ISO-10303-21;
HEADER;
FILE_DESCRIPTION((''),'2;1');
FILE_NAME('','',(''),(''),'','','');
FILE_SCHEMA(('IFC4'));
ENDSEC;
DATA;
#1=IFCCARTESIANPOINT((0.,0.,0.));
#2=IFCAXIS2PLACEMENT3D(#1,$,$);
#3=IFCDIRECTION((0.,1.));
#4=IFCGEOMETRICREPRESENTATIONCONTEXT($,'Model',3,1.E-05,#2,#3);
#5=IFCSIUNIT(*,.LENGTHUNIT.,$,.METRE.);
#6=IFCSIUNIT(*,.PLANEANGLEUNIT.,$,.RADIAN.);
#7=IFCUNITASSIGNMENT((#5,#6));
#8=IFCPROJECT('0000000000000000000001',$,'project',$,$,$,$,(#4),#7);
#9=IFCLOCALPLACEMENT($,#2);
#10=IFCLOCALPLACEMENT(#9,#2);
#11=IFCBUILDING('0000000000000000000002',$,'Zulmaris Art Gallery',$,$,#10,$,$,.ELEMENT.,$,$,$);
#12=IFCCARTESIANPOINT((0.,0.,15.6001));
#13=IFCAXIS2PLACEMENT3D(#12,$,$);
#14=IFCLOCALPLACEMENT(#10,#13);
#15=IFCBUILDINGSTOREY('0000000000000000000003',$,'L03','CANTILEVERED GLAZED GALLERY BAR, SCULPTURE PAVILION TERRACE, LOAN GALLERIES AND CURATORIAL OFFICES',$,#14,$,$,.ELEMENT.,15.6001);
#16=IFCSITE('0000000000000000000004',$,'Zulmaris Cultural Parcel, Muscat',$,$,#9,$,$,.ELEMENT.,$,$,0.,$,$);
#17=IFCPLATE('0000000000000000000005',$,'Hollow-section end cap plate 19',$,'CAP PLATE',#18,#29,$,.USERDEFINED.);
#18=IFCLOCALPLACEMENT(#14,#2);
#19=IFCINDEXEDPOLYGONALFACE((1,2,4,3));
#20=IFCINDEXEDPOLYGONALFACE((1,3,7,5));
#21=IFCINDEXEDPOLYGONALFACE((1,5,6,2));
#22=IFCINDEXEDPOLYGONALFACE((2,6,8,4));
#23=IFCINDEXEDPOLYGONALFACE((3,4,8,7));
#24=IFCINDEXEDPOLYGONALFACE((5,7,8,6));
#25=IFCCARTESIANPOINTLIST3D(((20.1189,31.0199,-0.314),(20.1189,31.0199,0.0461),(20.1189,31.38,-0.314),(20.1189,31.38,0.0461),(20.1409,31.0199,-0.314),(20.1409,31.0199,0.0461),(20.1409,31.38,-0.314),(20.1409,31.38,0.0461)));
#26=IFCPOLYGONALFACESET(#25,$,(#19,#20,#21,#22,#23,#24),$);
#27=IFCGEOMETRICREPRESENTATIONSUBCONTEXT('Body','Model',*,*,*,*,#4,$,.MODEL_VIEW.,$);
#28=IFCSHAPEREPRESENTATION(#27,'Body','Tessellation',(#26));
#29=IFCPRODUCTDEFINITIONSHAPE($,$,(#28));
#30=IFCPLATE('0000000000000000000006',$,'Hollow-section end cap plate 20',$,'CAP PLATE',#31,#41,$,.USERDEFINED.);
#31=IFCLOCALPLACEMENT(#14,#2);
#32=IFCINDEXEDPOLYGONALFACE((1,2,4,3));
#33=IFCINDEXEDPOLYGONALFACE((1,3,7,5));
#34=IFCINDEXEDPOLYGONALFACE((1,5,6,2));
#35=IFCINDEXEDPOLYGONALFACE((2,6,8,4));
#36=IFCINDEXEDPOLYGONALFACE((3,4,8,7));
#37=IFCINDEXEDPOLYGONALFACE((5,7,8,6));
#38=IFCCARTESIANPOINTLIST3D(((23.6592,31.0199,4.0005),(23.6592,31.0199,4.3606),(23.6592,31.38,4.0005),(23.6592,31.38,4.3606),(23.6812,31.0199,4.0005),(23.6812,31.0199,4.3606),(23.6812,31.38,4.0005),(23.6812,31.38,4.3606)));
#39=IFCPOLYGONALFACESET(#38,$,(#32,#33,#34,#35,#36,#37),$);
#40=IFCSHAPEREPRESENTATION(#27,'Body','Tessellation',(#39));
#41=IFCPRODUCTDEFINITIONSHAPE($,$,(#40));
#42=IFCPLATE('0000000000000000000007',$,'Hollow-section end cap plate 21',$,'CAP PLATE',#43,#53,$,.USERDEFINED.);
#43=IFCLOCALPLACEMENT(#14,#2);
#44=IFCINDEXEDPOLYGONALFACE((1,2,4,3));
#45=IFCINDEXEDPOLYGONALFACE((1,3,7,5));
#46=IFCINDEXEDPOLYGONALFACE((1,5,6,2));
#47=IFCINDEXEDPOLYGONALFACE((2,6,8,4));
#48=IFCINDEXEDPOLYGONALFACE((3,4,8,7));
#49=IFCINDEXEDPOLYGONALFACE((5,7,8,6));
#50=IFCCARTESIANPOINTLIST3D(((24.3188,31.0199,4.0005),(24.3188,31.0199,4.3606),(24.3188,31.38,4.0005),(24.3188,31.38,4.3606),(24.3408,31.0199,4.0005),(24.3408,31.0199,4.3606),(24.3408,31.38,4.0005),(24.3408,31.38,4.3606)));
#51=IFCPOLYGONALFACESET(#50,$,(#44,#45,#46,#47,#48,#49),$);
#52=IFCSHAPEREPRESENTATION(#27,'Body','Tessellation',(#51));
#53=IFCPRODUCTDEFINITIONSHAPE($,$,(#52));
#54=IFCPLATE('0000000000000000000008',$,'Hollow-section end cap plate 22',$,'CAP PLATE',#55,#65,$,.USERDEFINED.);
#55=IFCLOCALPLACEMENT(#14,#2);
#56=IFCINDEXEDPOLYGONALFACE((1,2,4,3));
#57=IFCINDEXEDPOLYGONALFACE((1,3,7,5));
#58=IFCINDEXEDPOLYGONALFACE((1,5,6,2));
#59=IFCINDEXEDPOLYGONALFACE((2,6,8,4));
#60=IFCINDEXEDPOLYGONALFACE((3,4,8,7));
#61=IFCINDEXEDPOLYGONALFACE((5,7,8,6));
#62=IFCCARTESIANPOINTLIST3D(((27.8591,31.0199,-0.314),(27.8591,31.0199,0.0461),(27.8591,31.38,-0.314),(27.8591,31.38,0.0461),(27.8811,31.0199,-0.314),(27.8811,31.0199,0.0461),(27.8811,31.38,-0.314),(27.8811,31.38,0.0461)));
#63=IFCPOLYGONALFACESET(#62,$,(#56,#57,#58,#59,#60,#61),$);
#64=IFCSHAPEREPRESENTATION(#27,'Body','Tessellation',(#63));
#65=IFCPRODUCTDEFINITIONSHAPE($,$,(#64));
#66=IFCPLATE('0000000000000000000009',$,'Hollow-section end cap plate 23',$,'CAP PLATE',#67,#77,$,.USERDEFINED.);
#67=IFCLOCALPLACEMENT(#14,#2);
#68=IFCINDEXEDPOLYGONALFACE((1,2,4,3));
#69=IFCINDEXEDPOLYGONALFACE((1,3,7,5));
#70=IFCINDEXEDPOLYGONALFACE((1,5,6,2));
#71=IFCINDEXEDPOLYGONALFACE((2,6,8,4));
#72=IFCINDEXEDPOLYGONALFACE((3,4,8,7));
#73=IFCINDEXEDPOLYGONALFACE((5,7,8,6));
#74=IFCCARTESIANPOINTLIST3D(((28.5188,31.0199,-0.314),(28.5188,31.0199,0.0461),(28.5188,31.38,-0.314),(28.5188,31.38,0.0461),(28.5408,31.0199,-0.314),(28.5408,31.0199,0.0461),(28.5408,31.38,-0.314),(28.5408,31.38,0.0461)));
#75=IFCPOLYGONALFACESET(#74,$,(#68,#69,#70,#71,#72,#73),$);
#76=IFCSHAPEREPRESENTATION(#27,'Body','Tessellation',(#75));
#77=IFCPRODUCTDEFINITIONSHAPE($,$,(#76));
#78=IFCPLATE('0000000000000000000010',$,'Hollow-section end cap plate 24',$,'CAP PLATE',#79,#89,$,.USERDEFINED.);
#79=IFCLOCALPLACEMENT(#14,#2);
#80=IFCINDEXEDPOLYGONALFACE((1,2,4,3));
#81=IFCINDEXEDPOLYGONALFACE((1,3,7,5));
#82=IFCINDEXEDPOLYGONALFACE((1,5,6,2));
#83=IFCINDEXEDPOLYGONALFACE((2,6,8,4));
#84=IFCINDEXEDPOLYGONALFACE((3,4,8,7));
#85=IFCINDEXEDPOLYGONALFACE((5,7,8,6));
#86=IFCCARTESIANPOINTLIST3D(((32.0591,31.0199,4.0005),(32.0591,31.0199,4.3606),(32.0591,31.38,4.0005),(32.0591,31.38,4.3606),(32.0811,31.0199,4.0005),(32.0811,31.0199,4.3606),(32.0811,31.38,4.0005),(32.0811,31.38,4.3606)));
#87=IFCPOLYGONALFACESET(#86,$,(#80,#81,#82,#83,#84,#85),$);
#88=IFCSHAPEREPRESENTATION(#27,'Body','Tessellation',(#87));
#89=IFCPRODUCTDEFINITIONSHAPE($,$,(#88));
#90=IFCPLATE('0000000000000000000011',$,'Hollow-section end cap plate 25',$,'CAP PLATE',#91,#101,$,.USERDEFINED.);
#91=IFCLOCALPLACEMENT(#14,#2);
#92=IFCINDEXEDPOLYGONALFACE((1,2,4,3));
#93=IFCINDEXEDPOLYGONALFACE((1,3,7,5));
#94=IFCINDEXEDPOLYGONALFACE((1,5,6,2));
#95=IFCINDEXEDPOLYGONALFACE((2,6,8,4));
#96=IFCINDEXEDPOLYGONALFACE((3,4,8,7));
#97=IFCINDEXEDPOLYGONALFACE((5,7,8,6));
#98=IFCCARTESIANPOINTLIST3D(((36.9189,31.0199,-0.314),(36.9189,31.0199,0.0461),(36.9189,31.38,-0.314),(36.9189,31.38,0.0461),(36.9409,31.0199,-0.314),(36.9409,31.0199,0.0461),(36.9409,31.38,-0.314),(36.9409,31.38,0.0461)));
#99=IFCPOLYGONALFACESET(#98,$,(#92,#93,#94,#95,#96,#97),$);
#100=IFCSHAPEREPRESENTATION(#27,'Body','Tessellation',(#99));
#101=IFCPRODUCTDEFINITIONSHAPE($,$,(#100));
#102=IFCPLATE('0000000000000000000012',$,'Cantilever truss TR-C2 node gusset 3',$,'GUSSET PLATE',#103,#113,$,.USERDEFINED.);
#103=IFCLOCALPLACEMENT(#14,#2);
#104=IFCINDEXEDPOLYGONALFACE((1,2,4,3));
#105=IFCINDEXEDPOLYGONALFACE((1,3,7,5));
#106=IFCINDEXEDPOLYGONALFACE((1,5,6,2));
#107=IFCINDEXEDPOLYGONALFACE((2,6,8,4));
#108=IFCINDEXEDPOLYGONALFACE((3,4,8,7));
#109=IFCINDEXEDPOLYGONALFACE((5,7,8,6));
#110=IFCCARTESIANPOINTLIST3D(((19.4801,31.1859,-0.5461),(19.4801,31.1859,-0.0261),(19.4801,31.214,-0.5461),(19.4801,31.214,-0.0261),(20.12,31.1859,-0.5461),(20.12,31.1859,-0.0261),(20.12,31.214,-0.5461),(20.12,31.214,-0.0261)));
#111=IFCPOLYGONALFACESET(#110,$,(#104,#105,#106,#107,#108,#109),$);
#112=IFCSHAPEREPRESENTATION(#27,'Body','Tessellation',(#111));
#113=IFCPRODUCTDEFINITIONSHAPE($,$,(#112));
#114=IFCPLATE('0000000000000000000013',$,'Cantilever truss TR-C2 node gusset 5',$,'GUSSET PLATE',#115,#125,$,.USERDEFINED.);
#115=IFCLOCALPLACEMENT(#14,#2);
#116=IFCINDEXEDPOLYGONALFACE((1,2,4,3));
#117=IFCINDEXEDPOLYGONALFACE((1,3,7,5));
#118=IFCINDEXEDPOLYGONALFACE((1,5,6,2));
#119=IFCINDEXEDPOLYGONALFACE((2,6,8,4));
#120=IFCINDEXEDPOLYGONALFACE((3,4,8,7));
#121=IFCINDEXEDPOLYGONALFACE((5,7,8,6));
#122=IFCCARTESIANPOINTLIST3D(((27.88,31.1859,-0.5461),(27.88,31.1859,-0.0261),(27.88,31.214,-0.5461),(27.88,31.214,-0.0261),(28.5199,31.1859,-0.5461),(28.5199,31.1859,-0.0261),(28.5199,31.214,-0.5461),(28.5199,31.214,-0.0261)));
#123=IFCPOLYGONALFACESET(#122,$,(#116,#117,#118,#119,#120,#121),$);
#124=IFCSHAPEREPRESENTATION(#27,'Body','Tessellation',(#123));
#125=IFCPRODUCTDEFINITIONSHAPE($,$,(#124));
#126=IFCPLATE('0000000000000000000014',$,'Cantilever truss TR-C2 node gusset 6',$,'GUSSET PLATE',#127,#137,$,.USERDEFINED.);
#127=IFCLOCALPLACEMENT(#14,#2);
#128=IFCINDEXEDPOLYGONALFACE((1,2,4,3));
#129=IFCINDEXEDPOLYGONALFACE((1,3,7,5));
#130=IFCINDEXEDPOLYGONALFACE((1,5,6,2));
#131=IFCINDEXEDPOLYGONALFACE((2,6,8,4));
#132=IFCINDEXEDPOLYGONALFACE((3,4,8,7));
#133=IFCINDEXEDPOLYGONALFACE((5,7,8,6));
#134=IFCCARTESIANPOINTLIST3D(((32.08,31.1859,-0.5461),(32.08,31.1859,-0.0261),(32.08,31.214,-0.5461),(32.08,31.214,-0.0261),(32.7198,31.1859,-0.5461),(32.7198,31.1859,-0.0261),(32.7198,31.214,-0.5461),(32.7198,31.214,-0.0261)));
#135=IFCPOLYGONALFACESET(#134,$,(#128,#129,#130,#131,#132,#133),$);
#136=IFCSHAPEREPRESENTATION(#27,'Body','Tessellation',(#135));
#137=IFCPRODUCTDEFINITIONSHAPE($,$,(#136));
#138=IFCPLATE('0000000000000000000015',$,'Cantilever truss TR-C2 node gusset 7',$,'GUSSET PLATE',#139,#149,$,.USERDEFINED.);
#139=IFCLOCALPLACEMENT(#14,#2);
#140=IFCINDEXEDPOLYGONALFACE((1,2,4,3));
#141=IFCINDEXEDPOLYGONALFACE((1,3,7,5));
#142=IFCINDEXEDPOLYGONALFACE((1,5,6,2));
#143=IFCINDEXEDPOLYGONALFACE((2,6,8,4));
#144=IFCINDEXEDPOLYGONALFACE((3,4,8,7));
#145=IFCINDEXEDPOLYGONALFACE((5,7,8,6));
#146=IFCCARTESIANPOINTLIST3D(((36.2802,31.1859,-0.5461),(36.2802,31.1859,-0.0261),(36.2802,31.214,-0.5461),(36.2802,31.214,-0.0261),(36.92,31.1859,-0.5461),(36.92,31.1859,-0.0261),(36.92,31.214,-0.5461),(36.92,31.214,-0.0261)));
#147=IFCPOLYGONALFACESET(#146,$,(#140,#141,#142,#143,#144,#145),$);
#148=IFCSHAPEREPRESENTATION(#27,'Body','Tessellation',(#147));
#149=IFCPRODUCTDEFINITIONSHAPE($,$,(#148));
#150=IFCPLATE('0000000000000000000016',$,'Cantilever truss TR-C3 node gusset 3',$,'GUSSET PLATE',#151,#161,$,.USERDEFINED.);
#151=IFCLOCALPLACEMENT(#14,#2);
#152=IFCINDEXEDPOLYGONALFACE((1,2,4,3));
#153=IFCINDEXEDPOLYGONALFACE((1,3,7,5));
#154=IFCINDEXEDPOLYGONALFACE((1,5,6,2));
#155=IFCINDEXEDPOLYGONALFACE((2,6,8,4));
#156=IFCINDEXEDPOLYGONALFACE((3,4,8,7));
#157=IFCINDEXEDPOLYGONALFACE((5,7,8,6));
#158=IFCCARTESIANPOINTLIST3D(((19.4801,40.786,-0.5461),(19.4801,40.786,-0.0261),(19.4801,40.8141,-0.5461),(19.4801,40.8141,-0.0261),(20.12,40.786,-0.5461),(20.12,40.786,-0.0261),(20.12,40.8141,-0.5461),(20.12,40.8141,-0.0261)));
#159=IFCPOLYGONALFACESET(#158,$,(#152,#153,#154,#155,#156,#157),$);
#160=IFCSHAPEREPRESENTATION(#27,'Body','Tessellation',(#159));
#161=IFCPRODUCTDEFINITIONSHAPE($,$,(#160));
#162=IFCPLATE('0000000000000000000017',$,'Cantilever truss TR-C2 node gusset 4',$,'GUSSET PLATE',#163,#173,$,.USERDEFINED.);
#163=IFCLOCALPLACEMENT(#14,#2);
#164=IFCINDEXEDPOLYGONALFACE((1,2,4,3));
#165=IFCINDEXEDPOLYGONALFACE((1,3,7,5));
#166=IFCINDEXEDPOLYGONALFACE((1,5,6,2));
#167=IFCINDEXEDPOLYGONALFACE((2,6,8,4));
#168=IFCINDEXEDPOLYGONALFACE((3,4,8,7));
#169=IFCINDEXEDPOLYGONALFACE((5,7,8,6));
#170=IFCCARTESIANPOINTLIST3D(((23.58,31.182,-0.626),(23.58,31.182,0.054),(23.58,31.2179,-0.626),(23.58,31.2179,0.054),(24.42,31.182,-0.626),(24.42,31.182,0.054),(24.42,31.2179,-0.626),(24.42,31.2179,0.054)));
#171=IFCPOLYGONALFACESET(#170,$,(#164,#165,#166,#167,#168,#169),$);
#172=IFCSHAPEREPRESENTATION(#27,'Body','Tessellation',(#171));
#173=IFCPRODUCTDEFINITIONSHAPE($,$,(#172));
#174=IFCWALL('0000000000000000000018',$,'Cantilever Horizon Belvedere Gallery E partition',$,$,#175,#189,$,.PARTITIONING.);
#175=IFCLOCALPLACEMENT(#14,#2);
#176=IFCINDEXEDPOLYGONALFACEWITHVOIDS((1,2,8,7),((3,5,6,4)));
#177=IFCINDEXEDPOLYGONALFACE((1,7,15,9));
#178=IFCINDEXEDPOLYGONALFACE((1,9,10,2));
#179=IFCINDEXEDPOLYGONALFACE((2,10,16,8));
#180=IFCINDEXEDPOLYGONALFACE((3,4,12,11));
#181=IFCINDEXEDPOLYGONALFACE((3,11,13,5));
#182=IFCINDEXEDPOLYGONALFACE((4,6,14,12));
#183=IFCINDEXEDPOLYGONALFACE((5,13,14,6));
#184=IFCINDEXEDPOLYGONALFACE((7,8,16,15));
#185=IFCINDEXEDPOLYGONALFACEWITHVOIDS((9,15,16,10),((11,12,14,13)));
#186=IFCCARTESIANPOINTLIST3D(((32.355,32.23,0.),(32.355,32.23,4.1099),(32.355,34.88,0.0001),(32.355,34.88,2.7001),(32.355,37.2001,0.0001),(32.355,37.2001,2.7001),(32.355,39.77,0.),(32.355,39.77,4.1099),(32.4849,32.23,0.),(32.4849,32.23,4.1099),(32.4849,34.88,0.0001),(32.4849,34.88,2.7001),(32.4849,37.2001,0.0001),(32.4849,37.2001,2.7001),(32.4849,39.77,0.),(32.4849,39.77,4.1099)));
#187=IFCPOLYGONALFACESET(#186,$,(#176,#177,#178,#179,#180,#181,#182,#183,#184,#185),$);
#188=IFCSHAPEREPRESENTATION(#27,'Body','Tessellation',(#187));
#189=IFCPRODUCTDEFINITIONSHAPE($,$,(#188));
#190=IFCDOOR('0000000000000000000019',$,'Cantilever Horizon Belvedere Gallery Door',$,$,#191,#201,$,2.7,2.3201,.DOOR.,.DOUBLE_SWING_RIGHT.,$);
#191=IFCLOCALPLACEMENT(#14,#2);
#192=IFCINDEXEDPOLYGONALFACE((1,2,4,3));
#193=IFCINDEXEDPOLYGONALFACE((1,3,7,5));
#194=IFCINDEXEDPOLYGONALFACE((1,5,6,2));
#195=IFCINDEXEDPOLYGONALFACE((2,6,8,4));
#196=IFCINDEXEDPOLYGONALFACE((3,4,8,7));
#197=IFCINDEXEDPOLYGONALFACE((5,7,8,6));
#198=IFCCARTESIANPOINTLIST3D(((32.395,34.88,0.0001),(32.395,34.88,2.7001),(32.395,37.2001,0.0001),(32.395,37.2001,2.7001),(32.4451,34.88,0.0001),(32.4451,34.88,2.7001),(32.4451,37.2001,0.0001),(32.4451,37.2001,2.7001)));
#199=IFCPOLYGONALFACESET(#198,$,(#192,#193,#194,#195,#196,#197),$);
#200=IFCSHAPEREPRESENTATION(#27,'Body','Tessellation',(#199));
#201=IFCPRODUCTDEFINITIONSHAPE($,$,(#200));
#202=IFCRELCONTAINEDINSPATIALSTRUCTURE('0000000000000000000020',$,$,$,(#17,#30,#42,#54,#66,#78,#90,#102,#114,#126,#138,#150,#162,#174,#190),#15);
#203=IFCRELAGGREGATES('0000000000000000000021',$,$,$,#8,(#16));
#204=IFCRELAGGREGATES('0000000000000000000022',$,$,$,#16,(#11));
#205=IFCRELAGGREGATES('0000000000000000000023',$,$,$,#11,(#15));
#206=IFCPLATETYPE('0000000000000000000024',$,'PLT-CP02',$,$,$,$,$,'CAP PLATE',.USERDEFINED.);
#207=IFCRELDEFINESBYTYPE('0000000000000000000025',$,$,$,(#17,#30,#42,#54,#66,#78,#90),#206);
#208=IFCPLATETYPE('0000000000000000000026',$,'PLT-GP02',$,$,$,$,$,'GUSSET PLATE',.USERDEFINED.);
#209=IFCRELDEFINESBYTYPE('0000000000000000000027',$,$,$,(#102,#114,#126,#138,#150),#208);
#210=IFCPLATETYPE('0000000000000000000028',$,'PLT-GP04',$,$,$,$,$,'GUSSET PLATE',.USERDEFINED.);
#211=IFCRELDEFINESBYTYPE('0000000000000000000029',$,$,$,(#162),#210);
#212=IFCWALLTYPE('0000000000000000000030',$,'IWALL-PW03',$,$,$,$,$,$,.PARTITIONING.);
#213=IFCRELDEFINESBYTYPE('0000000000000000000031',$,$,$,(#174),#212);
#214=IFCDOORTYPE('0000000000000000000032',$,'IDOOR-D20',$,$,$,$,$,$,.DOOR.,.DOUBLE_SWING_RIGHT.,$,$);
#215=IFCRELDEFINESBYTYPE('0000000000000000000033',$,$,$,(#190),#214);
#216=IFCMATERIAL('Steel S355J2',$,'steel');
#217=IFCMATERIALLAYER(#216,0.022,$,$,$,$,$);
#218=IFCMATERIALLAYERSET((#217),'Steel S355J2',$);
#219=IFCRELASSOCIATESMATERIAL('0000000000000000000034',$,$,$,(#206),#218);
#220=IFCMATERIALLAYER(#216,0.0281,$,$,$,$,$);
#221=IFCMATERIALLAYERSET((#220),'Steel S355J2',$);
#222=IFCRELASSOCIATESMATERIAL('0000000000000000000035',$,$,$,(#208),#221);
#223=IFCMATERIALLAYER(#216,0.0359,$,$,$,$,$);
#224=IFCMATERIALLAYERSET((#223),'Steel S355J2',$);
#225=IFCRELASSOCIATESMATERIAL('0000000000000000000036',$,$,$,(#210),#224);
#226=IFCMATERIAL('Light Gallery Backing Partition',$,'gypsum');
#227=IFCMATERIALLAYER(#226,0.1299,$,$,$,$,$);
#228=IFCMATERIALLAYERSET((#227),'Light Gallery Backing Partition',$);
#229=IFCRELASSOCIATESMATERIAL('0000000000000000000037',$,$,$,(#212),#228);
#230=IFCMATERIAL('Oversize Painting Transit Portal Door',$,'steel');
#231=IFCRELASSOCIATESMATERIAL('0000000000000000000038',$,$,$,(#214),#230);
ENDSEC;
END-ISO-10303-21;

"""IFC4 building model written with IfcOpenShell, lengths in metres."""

from ifc_helpers import new_model, si_unit, direction, frame, frame_2d, origin, origin_2d, place, context, subcontext, project, spatial, rectangle, extrude, material, layer, layer_set, type_object, element, fill, save


model = new_model("IFC4")

# Units and contexts
model_context = context("Model", 3, precision=1e-05, world=origin(), true_north=direction((0.0, 1.0)))
body_context = subcontext(model_context, "Body", "Model", "MODEL_VIEW")
ifc_project = project(units=[si_unit("LENGTHUNIT", "METRE"), si_unit("PLANEANGLEUNIT", "RADIAN")], contexts=[model_context])

# Site, building, storey
site_placement = place(None, origin())
site = spatial("IfcSite", under=ifc_project, at=site_placement, Name="Zulmaris Cultural Parcel, Muscat", CompositionType="ELEMENT", RefElevation=0.0)
building_placement = place(site_placement, origin())
building = spatial("IfcBuilding", under=site, at=building_placement, Name="Zulmaris Art Gallery", CompositionType="ELEMENT")
storey_placement = place(building_placement, frame((0.0, 0.0, 15.6001)))
storey = spatial("IfcBuildingStorey", under=building, at=storey_placement, Name="L03", Description="CANTILEVERED GLAZED GALLERY BAR, SCULPTURE PAVILION TERRACE, LOAN GALLERIES AND CURATORIAL OFFICES", CompositionType="ELEMENT", Elevation=15.6001)

# Shared definitions
ifc_material_1 = material(Name="Steel S355J2", Category="steel")

# Plates
ifc_layer_1 = layer(ifc_material_1, 0.022)
ifc_layer_set_1 = layer_set([ifc_layer_1], Name="Steel S355J2")
plate_type_1 = type_object("IfcPlateType", Name="PLT-CP02", ElementType="CAP PLATE", PredefinedType="USERDEFINED", material=ifc_layer_set_1)
for number, where, z_axis, x_axis, name in (
    (1, (20.1299, 31.2, -0.314), (0.0, 0.0, 1.0), (1.0, 0.0, 0.0), "Hollow-section end cap plate 19"),
    (2, (23.6702, 31.2, 4.0005), (0.0, 0.0, 1.0), (1.0, 0.0, 0.0), "Hollow-section end cap plate 20"),
    (3, (24.3298, 31.2, 4.0005), (0.0, 0.0, 1.0), (1.0, 0.0, 0.0), "Hollow-section end cap plate 21"),
    (4, (27.8701, 31.2, -0.314), (0.0, 0.0, 1.0), (1.0, 0.0, 0.0), "Hollow-section end cap plate 22"),
    (5, (28.5298, 31.2, -0.314), (0.0, 0.0, 1.0), (1.0, 0.0, 0.0), "Hollow-section end cap plate 23"),
    (6, (32.0701, 31.2, 4.0005), (0.0, 0.0, 1.0), (1.0, 0.0, 0.0), "Hollow-section end cap plate 24"),
    (7, (36.9299, 31.2, -0.314), (0.0, 0.0, 1.0), (1.0, 0.0, 0.0), "Hollow-section end cap plate 25"),
):
    element("IfcPlate", number, at=place(storey_placement, frame(where, z_axis=z_axis, x_axis=x_axis)), inside=storey, type_object=plate_type_1, Name=name, ObjectType="CAP PLATE", PredefinedType="USERDEFINED", context=body_context, shape_type="SweptSolid", body=[
        extrude(rectangle(XDim=0.022, YDim=0.3601, at=origin_2d()), origin(), (0.0, 0.0, 1.0), 0.3601),
    ])
ifc_layer_2 = layer(ifc_material_1, 0.0281)
ifc_layer_set_2 = layer_set([ifc_layer_2], Name="Steel S355J2")
plate_type_2 = type_object("IfcPlateType", Name="PLT-GP02", ElementType="GUSSET PLATE", PredefinedType="USERDEFINED", material=ifc_layer_set_2)
for number, where, z_axis, x_axis, name in (
    (8, (19.8, 31.2, -0.5461), (0.0, 0.0, 1.0), (1.0, 0.0, 0.0), "Cantilever truss TR-C2 node gusset 3"),
    (9, (28.2, 31.2, -0.5461), (0.0, 0.0, 1.0), (1.0, 0.0, 0.0), "Cantilever truss TR-C2 node gusset 5"),
    (10, (32.3999, 31.2, -0.5461), (0.0, 0.0, 1.0), (1.0, 0.0, 0.0), "Cantilever truss TR-C2 node gusset 6"),
    (11, (36.6001, 31.2, -0.5461), (0.0, 0.0, 1.0), (1.0, 0.0, 0.0), "Cantilever truss TR-C2 node gusset 7"),
    (12, (19.8, 40.8, -0.5461), (0.0, 0.0, 1.0), (1.0, 0.0, 0.0), "Cantilever truss TR-C3 node gusset 3"),
):
    element("IfcPlate", number, at=place(storey_placement, frame(where, z_axis=z_axis, x_axis=x_axis)), inside=storey, type_object=plate_type_2, Name=name, ObjectType="GUSSET PLATE", PredefinedType="USERDEFINED", context=body_context, shape_type="SweptSolid", body=[
        extrude(rectangle(XDim=0.6399, YDim=0.0281, at=origin_2d()), origin(), (0.0, 0.0, 1.0), 0.52),
    ])
ifc_layer_3 = layer(ifc_material_1, 0.0359)
ifc_layer_set_3 = layer_set([ifc_layer_3], Name="Steel S355J2")
plate_type_3 = type_object("IfcPlateType", Name="PLT-GP04", ElementType="GUSSET PLATE", PredefinedType="USERDEFINED", material=ifc_layer_set_3)
plate_placement = place(storey_placement, frame((24.0, 31.2, -0.626), z_axis=(0.0, 0.0, 1.0), x_axis=(1.0, 0.0, 0.0)))
element("IfcPlate", 13, at=plate_placement, inside=storey, type_object=plate_type_3, Name="Cantilever truss TR-C2 node gusset 4", ObjectType="GUSSET PLATE", PredefinedType="USERDEFINED", context=body_context, shape_type="SweptSolid", body=[
    extrude(rectangle(XDim=0.8401, YDim=0.0359, at=origin_2d()), origin(), (0.0, 0.0, 1.0), 0.6799),
])

# Wall, opening, door
ifc_material_2 = material(Name="Light Gallery Backing Partition", Category="gypsum")
ifc_layer_4 = layer(ifc_material_2, 0.1299)
ifc_layer_set_4 = layer_set([ifc_layer_4], Name="Light Gallery Backing Partition")
wall_type_1 = type_object("IfcWallType", Name="IWALL-PW03", PredefinedType="PARTITIONING", material=ifc_layer_set_4)
wall_1_placement = place(storey_placement, frame((32.4199, 32.23, 0.0), z_axis=(0.0, 0.0, 1.0), x_axis=(0.0, 1.0, 0.0)))
wall_1 = element("IfcWall", 14, at=wall_1_placement, inside=storey, type_object=wall_type_1, Name="Cantilever Horizon Belvedere Gallery E partition", PredefinedType="PARTITIONING", context=body_context, shape_type="SweptSolid", body=[
    extrude(rectangle(XDim=7.54, YDim=0.1299, at=frame_2d((3.77, 0.0))), origin(), (0.0, 0.0, 1.0), 4.1099),
])
opening_1_placement = place(wall_1_placement, frame((2.6499, 0.0, 0.0)))
opening_1 = element("IfcOpeningElement", 15, at=opening_1_placement, cuts=wall_1, PredefinedType="OPENING", context=body_context, shape_type="SweptSolid", body=[
    extrude(rectangle(XDim=2.3201, YDim=2.7, at=frame_2d((1.1602, 1.3501))), frame((0.0, 0.075, 0.0), z_axis=(0.0, -1.0, 0.0), x_axis=(1.0, 0.0, 0.0)), (0.0, 0.0, 1.0), 0.1499),
])
ifc_material_3 = material(Name="Oversize Painting Transit Portal Door", Category="steel")
door_type_1 = type_object("IfcDoorType", Name="IDOOR-D20", OperationType="DOUBLE_SWING_RIGHT", PredefinedType="DOOR", material=ifc_material_3)
door_1_placement = place(opening_1_placement, origin())
door_1 = element("IfcDoor", 16, at=door_1_placement, inside=storey, type_object=door_type_1, Name="Cantilever Horizon Belvedere Gallery Door", OperationType="DOUBLE_SWING_RIGHT", OverallHeight=2.7, OverallWidth=2.3201, PredefinedType="DOOR", context=body_context, shape_type="SweptSolid", body=[
    extrude(rectangle(XDim=2.3201, YDim=2.7, at=frame_2d((1.1602, 1.3501))), frame((0.0, 0.0249, 0.0), z_axis=(0.0, -1.0, 0.0), x_axis=(1.0, 0.0, 0.0)), (0.0, 0.0, 1.0), 0.05),
])
fill(opening_1, door_1)

save(model, "model.ifc")
